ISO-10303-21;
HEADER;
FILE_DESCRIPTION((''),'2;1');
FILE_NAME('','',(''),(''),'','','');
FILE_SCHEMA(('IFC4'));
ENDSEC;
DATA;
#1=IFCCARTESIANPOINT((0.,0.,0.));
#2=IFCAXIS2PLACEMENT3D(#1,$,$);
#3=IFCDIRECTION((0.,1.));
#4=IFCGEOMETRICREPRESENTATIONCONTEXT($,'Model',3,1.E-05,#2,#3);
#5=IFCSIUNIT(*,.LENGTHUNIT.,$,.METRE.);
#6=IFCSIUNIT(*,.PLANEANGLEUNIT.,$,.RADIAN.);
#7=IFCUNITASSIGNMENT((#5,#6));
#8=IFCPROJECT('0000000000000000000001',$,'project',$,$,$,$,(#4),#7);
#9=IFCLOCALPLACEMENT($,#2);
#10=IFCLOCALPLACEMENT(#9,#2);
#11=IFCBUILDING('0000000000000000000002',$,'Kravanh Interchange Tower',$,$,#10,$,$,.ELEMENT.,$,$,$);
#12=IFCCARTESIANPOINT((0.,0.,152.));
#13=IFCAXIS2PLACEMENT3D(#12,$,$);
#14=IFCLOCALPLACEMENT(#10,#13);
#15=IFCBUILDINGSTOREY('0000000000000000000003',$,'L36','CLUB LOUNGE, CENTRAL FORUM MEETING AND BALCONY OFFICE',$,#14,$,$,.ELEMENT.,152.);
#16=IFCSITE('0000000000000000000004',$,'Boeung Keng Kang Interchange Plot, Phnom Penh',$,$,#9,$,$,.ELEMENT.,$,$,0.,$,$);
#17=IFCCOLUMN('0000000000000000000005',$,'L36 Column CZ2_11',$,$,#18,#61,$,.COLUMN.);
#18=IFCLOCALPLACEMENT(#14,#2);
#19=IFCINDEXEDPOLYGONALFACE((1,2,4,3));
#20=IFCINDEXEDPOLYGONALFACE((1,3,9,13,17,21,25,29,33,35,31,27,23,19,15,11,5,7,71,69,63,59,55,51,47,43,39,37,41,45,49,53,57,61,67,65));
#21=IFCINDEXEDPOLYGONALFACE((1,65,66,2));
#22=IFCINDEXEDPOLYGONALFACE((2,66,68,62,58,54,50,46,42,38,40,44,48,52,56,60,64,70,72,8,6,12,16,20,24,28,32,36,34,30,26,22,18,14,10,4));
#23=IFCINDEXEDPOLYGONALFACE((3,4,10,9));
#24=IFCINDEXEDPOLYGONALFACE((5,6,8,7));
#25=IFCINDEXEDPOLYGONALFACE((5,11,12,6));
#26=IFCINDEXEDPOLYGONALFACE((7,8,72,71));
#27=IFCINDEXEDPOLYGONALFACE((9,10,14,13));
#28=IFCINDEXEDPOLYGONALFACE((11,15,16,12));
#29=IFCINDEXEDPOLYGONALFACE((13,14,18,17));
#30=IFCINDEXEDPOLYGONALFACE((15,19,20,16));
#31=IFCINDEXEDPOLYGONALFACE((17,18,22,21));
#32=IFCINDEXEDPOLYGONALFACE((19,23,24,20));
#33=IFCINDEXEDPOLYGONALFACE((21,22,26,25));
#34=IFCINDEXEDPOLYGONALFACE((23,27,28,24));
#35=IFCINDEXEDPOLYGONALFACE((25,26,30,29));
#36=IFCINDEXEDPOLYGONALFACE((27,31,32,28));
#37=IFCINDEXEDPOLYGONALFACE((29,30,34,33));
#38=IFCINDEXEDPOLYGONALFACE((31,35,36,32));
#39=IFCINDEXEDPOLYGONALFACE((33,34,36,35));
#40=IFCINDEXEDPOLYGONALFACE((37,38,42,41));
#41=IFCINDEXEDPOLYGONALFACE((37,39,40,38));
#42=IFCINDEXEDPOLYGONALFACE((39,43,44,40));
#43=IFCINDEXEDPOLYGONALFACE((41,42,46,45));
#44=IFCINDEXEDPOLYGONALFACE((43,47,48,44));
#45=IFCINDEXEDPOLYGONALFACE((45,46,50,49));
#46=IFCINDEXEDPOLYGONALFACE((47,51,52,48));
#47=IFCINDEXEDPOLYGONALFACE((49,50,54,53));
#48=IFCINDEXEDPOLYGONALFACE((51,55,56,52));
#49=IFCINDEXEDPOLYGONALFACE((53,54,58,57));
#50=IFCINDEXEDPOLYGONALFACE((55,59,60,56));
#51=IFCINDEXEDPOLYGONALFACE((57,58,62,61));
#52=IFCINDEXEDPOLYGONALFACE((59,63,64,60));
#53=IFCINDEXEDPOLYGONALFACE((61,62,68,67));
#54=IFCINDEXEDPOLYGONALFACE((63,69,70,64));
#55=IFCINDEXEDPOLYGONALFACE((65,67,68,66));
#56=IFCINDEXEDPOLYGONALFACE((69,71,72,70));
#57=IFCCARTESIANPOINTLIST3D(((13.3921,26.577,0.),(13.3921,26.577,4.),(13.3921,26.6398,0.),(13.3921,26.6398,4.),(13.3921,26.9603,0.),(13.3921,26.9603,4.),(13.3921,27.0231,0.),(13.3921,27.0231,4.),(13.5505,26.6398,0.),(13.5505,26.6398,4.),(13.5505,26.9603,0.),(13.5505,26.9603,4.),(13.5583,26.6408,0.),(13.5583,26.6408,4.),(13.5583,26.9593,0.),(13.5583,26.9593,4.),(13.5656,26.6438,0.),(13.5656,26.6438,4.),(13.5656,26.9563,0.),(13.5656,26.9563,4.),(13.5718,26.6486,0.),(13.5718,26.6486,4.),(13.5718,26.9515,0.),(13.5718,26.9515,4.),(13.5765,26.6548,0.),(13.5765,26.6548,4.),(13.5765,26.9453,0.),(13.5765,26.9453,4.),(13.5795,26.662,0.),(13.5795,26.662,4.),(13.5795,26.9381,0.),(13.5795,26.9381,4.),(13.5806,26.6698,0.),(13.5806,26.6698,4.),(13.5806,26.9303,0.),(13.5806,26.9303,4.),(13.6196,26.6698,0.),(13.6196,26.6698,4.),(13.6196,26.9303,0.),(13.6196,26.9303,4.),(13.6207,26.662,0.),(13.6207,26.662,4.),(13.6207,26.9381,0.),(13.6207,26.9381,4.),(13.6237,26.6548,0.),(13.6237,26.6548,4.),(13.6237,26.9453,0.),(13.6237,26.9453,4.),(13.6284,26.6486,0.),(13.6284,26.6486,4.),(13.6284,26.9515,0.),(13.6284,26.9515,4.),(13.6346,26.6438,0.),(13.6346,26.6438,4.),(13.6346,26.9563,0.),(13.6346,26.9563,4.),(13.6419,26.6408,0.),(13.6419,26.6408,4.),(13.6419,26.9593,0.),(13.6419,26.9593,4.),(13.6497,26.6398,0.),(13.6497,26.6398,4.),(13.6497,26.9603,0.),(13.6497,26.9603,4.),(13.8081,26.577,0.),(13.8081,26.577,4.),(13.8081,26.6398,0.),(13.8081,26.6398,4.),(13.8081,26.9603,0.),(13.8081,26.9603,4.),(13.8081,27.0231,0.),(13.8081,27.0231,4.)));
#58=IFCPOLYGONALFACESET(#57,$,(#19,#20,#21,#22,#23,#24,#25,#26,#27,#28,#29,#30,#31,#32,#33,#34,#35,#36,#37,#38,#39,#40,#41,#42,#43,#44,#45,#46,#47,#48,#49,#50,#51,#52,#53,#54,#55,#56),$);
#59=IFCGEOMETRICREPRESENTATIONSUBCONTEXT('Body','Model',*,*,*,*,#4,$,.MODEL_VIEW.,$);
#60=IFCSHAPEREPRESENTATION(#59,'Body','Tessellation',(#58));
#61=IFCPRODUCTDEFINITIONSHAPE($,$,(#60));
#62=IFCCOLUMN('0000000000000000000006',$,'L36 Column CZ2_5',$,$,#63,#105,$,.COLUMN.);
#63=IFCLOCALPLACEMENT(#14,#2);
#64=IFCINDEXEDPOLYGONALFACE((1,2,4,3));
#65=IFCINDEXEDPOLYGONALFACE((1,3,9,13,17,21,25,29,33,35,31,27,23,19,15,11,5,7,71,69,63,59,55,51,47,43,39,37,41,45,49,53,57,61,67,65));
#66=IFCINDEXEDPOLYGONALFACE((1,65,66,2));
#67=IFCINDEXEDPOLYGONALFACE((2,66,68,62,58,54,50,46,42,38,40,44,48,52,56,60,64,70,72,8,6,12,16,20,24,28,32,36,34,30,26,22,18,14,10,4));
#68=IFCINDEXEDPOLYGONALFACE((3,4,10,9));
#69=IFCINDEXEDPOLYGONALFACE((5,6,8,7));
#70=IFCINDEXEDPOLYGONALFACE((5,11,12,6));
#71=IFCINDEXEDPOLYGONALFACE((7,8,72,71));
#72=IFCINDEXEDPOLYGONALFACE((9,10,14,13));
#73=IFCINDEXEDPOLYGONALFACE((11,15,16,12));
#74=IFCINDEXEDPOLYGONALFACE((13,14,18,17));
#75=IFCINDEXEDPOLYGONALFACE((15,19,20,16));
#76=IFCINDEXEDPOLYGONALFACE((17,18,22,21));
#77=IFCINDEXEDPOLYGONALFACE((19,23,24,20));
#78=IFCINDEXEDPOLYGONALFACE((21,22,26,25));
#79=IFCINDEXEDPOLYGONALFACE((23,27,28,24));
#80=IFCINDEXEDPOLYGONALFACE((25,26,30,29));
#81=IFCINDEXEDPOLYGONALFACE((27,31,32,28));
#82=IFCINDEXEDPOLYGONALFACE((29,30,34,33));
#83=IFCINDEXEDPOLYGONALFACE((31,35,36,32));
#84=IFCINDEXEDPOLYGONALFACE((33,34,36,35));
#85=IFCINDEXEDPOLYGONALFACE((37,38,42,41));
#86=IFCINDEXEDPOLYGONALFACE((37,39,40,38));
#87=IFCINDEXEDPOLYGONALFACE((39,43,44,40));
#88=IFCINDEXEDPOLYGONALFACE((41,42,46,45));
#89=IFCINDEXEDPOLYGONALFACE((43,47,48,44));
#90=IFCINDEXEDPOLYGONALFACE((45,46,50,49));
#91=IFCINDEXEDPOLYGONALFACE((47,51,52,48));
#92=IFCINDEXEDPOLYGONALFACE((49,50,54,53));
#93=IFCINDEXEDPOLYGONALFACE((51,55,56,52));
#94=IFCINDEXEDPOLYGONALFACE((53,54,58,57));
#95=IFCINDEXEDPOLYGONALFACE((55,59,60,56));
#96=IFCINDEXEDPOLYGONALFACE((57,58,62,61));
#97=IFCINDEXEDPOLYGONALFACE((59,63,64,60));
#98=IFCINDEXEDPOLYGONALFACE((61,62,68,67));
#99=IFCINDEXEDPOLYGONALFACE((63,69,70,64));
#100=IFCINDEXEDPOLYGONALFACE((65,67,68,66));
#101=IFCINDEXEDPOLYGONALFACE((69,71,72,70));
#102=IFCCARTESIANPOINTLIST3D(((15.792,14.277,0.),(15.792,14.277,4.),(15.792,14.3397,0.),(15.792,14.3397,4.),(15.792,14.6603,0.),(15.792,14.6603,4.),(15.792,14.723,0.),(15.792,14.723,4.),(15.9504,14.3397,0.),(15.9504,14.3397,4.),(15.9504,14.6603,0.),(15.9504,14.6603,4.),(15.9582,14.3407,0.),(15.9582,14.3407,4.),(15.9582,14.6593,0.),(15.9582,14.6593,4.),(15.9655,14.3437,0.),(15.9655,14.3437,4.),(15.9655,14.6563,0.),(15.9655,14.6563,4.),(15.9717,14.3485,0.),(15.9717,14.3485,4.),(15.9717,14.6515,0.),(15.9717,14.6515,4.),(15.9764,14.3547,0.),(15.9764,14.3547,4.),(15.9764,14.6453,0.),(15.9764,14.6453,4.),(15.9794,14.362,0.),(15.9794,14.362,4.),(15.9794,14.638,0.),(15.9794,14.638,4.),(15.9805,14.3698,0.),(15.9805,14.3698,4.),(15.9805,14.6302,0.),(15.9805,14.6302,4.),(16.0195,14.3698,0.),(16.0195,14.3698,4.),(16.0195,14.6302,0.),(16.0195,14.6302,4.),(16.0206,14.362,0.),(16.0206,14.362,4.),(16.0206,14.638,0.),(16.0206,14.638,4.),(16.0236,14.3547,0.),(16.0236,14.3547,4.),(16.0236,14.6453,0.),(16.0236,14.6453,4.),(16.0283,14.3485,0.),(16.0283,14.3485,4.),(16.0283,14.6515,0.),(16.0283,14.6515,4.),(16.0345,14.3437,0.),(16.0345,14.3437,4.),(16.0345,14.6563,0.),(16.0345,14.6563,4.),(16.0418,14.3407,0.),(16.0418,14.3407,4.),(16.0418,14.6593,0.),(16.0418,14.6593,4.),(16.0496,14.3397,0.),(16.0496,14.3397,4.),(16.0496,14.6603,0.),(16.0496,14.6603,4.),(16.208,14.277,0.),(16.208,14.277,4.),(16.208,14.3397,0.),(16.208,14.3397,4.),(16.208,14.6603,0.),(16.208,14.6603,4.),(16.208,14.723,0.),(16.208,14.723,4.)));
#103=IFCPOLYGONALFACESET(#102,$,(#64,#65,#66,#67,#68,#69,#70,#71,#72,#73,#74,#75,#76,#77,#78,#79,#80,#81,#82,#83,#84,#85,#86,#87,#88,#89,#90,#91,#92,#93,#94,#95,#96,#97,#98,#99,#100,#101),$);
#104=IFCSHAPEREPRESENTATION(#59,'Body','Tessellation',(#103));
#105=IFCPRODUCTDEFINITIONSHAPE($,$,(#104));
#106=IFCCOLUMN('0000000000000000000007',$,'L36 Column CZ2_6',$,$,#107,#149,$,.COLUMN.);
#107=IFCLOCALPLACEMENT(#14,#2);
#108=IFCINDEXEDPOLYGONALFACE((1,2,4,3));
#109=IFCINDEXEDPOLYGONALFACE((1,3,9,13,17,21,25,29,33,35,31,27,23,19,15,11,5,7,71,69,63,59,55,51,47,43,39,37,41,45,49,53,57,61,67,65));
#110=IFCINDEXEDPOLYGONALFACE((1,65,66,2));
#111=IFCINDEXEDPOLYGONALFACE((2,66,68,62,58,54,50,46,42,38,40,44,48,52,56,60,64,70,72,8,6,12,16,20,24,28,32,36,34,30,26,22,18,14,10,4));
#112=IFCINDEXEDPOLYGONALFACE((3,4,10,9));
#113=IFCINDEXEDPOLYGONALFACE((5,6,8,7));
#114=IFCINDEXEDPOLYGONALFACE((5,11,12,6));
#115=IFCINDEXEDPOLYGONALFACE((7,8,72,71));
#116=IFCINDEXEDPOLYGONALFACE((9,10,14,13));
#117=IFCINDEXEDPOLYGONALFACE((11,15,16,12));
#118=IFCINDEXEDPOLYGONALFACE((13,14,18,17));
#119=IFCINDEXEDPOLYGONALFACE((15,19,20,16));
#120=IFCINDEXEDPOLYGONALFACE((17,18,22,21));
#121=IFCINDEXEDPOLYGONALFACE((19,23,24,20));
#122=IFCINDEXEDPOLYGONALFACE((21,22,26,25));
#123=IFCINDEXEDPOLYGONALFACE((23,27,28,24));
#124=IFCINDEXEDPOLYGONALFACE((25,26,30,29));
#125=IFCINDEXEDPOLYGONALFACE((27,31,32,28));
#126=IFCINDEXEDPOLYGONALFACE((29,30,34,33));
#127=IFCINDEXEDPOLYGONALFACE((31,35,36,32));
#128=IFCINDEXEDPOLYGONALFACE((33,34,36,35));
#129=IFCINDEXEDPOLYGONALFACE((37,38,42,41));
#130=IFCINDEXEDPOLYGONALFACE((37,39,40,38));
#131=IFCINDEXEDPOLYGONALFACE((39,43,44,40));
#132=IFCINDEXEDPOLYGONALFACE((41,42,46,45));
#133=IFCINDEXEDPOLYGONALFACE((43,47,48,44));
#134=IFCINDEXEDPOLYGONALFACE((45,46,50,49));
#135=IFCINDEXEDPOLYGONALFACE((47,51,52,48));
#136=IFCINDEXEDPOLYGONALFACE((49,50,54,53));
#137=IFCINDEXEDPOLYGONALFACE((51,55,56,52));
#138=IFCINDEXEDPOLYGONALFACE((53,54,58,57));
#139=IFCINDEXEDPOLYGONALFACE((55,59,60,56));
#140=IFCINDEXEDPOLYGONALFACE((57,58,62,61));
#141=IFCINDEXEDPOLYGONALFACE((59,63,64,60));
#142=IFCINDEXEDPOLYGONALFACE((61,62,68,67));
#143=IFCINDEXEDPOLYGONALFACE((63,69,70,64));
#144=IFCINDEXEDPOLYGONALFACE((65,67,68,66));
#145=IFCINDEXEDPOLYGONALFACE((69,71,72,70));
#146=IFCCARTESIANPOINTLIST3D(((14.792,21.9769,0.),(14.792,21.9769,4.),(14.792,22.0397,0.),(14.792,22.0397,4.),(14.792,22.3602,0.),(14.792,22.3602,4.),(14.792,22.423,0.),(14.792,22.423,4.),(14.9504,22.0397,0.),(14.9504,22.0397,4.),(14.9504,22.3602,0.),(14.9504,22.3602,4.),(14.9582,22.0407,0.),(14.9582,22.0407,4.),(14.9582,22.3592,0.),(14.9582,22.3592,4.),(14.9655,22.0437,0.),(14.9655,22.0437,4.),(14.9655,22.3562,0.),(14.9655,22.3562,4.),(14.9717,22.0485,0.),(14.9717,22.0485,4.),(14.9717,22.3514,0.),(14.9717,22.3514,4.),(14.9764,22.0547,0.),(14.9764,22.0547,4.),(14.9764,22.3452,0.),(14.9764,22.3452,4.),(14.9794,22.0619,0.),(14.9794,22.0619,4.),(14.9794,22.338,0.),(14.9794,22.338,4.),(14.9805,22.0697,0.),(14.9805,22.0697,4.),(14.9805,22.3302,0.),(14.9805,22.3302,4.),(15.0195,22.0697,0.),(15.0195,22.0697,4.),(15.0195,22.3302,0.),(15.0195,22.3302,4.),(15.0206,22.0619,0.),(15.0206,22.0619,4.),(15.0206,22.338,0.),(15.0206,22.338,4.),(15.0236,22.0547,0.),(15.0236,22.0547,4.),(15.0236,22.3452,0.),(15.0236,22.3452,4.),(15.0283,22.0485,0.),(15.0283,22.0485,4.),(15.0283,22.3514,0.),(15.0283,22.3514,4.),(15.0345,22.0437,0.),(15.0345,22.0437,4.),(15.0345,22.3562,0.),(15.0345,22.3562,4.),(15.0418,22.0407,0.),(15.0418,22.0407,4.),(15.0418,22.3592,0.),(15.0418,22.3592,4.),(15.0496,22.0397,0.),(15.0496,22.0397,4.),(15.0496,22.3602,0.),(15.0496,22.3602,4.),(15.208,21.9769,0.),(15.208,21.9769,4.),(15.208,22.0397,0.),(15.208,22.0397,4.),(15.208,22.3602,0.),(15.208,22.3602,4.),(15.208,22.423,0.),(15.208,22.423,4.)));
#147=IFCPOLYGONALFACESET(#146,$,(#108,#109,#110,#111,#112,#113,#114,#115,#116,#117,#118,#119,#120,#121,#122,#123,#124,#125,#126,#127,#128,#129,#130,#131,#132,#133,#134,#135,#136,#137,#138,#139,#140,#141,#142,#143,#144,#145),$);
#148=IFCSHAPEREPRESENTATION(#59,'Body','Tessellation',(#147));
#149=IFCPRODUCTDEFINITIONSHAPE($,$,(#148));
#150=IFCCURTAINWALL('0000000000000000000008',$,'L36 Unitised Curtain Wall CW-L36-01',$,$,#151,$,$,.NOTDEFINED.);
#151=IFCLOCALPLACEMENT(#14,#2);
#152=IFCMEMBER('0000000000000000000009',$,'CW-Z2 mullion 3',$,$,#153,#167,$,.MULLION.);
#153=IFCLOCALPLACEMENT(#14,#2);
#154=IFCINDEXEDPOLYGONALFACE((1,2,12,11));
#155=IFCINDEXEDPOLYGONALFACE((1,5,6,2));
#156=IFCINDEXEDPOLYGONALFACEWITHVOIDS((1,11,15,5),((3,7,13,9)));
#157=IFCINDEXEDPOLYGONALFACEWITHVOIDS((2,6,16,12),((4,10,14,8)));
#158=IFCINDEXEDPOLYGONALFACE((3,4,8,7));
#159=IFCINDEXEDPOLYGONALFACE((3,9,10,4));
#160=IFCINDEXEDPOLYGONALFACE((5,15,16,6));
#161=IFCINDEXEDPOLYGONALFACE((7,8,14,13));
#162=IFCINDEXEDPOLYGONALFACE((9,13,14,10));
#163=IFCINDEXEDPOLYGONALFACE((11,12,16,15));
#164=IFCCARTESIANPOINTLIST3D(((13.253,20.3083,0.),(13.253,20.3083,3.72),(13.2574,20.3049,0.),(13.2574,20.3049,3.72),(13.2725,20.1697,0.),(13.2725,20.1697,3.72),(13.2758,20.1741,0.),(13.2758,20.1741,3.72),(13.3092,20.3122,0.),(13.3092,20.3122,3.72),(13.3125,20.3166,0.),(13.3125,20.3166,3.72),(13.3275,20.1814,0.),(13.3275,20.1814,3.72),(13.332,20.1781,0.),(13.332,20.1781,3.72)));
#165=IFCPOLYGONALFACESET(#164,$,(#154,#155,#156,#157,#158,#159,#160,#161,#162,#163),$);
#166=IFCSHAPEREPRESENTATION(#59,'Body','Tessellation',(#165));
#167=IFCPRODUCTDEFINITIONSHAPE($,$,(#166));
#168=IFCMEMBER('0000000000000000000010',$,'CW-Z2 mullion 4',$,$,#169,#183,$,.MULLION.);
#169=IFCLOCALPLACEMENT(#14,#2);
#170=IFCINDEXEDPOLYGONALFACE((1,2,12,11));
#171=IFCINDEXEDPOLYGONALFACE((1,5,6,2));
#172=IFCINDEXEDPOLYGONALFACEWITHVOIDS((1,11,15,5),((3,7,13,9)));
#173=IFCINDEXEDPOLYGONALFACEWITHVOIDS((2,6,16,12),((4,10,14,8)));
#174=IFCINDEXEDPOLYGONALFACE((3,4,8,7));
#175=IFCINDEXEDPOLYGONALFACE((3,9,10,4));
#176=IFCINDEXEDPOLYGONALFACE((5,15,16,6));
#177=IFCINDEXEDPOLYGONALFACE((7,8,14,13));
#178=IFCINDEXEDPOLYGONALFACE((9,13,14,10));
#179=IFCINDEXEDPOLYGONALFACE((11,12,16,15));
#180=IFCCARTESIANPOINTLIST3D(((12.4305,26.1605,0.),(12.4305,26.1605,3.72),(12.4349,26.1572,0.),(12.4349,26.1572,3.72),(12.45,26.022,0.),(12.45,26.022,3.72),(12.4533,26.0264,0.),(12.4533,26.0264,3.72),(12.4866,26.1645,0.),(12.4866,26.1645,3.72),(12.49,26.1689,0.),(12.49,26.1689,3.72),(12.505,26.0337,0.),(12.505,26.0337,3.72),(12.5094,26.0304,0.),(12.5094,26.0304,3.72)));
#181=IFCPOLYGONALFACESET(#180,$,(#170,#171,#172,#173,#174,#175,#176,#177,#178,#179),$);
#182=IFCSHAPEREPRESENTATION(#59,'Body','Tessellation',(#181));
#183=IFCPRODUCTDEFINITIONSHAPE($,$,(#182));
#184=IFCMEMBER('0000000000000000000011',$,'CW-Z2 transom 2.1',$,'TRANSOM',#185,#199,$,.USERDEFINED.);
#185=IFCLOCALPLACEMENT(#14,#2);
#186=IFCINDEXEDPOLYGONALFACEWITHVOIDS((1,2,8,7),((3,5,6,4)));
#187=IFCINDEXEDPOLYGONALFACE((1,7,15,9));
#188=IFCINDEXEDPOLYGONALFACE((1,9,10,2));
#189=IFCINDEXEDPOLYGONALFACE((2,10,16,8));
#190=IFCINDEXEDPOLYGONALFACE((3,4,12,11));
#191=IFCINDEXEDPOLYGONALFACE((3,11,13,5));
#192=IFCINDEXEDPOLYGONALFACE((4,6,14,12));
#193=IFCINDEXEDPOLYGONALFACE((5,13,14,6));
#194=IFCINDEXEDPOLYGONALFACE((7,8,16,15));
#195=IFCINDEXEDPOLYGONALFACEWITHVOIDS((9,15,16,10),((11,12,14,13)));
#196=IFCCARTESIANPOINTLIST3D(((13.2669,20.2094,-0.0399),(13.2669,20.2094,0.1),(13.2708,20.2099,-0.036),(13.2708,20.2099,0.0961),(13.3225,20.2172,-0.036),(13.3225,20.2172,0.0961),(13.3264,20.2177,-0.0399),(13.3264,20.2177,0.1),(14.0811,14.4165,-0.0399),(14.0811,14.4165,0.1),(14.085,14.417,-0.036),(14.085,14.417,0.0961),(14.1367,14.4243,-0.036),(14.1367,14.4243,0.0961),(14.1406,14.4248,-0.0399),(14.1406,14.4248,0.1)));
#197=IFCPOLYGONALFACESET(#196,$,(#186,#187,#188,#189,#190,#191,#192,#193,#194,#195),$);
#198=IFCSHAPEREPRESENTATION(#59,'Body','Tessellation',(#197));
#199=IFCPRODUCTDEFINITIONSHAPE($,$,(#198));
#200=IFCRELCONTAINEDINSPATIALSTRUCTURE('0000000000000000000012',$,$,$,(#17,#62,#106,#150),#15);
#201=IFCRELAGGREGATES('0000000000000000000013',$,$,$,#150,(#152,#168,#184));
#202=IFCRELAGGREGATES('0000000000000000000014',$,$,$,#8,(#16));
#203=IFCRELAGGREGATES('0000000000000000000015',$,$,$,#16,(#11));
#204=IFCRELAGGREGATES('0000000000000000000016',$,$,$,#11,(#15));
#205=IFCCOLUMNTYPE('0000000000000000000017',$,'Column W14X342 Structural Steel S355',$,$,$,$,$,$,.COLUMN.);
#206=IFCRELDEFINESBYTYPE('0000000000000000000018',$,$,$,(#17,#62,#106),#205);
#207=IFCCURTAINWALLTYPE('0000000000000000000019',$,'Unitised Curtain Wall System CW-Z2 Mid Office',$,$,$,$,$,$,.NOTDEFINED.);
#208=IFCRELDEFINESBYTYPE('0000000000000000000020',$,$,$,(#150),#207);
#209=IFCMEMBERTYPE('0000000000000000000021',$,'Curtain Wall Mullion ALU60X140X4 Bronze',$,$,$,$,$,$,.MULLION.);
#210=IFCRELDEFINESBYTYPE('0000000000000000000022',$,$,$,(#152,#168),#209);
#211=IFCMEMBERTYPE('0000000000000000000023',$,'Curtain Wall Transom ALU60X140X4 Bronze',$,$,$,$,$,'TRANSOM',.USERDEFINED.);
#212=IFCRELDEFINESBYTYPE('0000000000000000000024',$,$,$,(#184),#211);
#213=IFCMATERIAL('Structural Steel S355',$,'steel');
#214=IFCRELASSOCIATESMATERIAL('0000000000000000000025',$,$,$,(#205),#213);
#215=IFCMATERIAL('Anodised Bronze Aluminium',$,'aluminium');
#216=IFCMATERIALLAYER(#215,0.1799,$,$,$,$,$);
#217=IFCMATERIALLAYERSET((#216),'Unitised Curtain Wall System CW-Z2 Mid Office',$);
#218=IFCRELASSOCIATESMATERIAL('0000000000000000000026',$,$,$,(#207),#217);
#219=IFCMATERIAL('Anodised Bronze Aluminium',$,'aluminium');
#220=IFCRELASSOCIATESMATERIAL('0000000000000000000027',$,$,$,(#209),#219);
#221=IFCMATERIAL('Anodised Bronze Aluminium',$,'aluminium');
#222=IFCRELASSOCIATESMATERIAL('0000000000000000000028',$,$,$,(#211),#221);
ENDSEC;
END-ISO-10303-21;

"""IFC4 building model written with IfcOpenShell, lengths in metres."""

from ifc_helpers import new_model, si_unit, direction, frame, origin, origin_2d, place, context, subcontext, project, spatial, hollow_rectangle, i_section, extrude, material, layer, layer_set, material_profile, profile_set, type_object, element, aggregate, save


model = new_model("IFC4")

# Units and contexts
model_context = context("Model", 3, precision=1e-05, world=origin(), true_north=direction((0.0, 1.0)))
body_context = subcontext(model_context, "Body", "Model", "MODEL_VIEW")
ifc_project = project(units=[si_unit("LENGTHUNIT", "METRE"), si_unit("PLANEANGLEUNIT", "RADIAN")], contexts=[model_context])

# Site, building, storey
site_placement = place(None, origin())
site = spatial("IfcSite", under=ifc_project, at=site_placement, Name="Boeung Keng Kang Interchange Plot, Phnom Penh", CompositionType="ELEMENT", RefElevation=0.0)
building_placement = place(site_placement, origin())
building = spatial("IfcBuilding", under=site, at=building_placement, Name="Kravanh Interchange Tower", CompositionType="ELEMENT")
storey_placement = place(building_placement, frame((0.0, 0.0, 152.0)))
storey = spatial("IfcBuildingStorey", under=building, at=storey_placement, Name="L36", Description="CLUB LOUNGE, CENTRAL FORUM MEETING AND BALCONY OFFICE", CompositionType="ELEMENT", Elevation=152.0)

# Columns
ifc_material_1 = material(Name="Structural Steel S355", Category="steel")
ifc_material_profile_1 = material_profile(ifc_material_1, i_section(OverallWidth=0.416, OverallDepth=0.446, WebThickness=0.0391, FlangeThickness=0.0627, FilletRadius=0.03, at=origin_2d()), Name="W14X342")
ifc_profile_set_1 = profile_set([ifc_material_profile_1], Name="Structural Steel S355")
column_type = type_object("IfcColumnType", Name="Column W14X342 Structural Steel S355", PredefinedType="COLUMN", material=ifc_profile_set_1)
for number, where, z_axis, x_axis, name in (
    (1, (13.6001, 26.8, 0.0), (0.0, 0.0, 1.0), (1.0, 0.0, 0.0), "L36 Column CZ2_11"),
    (2, (16.0, 14.5, 0.0), (0.0, 0.0, 1.0), (1.0, 0.0, 0.0), "L36 Column CZ2_5"),
    (3, (15.0, 22.2, 0.0), (0.0, 0.0, 1.0), (1.0, 0.0, 0.0), "L36 Column CZ2_6"),
):
    element("IfcColumn", number, at=place(storey_placement, frame(where, z_axis=z_axis, x_axis=x_axis)), inside=storey, type_object=column_type, Name=name, PredefinedType="COLUMN", context=body_context, shape_type="SweptSolid", body=[
        extrude(i_section(OverallWidth=0.416, OverallDepth=0.446, WebThickness=0.0391, FlangeThickness=0.0627, FilletRadius=0.03, at=origin_2d()), origin(), (0.0, 0.0, 1.0), 4.0),
    ])

# Curtain wall, members
ifc_material_2 = material(Name="Anodised Bronze Aluminium", Category="aluminium")
ifc_layer_1 = layer(ifc_material_2, 0.1799)
ifc_layer_set_1 = layer_set([ifc_layer_1], Name="Unitised Curtain Wall System CW-Z2 Mid Office")
curtain_wall_type = type_object("IfcCurtainWallType", Name="Unitised Curtain Wall System CW-Z2 Mid Office", PredefinedType="NOTDEFINED", material=ifc_layer_set_1)
curtain_wall_placement = place(storey_placement, origin())
curtain_wall = element("IfcCurtainWall", 4, at=curtain_wall_placement, inside=storey, type_object=curtain_wall_type, Name="L36 Unitised Curtain Wall CW-L36-01", PredefinedType="NOTDEFINED")
ifc_material_3 = material(Name="Anodised Bronze Aluminium", Category="aluminium")
ifc_material_profile_2 = material_profile(ifc_material_3, hollow_rectangle(XDim=0.0601, YDim=0.1399, WallThickness=0.0039, at=origin_2d()), Name="ALU60X140X4")
ifc_profile_set_2 = profile_set([ifc_material_profile_2], Name="Anodised Bronze Aluminium")
member_type_1 = type_object("IfcMemberType", Name="Curtain Wall Mullion ALU60X140X4 Bronze", PredefinedType="MULLION", material=ifc_profile_set_2)
member_1_placement = place(storey_placement, frame((13.2925, 20.2432, 0.0), z_axis=(0.0, 0.0, 1.0), x_axis=(-0.990268, -0.139173, 0.0)))
member_1 = element("IfcMember", 5, at=member_1_placement, type_object=member_type_1, Name="CW-Z2 mullion 3", PredefinedType="MULLION", context=body_context, shape_type="SweptSolid", body=[
    extrude(hollow_rectangle(XDim=0.0601, YDim=0.1399, WallThickness=0.0039, at=origin_2d()), origin(), (0.0, 0.0, 1.0), 3.72),
])
member_2_placement = place(storey_placement, frame((12.47, 26.0955, 0.0), z_axis=(0.0, 0.0, 1.0), x_axis=(-0.990268, -0.139173, 0.0)))
member_2 = element("IfcMember", 6, at=member_2_placement, type_object=member_type_1, Name="CW-Z2 mullion 4", PredefinedType="MULLION", context=body_context, shape_type="SweptSolid", body=[
    extrude(hollow_rectangle(XDim=0.0601, YDim=0.1399, WallThickness=0.0039, at=origin_2d()), origin(), (0.0, 0.0, 1.0), 3.72),
])
ifc_material_4 = material(Name="Anodised Bronze Aluminium", Category="aluminium")
ifc_material_profile_3 = material_profile(ifc_material_4, hollow_rectangle(XDim=0.0601, YDim=0.1399, WallThickness=0.0039, at=origin_2d()), Name="ALU60X140X4")
ifc_profile_set_3 = profile_set([ifc_material_profile_3], Name="Anodised Bronze Aluminium")
member_type_2 = type_object("IfcMemberType", Name="Curtain Wall Transom ALU60X140X4 Bronze", ElementType="TRANSOM", PredefinedType="USERDEFINED", material=ifc_profile_set_3)
member_3_placement = place(storey_placement, frame((14.1108, 14.4207, 0.03), z_axis=(-0.139183, 0.990267, 0.0), x_axis=(-0.990267, -0.139183, 0.0)))
member_3 = element("IfcMember", 7, at=member_3_placement, type_object=member_type_2, Name="CW-Z2 transom 2.1", ObjectType="TRANSOM", PredefinedType="USERDEFINED", context=body_context, shape_type="SweptSolid", body=[
    extrude(hollow_rectangle(XDim=0.0601, YDim=0.1399, WallThickness=0.0039, at=origin_2d()), origin(), (0.0, 0.0, 1.0), 5.8499),
])

aggregate(curtain_wall, [member_1, member_2, member_3])

save(model, "model.ifc")
